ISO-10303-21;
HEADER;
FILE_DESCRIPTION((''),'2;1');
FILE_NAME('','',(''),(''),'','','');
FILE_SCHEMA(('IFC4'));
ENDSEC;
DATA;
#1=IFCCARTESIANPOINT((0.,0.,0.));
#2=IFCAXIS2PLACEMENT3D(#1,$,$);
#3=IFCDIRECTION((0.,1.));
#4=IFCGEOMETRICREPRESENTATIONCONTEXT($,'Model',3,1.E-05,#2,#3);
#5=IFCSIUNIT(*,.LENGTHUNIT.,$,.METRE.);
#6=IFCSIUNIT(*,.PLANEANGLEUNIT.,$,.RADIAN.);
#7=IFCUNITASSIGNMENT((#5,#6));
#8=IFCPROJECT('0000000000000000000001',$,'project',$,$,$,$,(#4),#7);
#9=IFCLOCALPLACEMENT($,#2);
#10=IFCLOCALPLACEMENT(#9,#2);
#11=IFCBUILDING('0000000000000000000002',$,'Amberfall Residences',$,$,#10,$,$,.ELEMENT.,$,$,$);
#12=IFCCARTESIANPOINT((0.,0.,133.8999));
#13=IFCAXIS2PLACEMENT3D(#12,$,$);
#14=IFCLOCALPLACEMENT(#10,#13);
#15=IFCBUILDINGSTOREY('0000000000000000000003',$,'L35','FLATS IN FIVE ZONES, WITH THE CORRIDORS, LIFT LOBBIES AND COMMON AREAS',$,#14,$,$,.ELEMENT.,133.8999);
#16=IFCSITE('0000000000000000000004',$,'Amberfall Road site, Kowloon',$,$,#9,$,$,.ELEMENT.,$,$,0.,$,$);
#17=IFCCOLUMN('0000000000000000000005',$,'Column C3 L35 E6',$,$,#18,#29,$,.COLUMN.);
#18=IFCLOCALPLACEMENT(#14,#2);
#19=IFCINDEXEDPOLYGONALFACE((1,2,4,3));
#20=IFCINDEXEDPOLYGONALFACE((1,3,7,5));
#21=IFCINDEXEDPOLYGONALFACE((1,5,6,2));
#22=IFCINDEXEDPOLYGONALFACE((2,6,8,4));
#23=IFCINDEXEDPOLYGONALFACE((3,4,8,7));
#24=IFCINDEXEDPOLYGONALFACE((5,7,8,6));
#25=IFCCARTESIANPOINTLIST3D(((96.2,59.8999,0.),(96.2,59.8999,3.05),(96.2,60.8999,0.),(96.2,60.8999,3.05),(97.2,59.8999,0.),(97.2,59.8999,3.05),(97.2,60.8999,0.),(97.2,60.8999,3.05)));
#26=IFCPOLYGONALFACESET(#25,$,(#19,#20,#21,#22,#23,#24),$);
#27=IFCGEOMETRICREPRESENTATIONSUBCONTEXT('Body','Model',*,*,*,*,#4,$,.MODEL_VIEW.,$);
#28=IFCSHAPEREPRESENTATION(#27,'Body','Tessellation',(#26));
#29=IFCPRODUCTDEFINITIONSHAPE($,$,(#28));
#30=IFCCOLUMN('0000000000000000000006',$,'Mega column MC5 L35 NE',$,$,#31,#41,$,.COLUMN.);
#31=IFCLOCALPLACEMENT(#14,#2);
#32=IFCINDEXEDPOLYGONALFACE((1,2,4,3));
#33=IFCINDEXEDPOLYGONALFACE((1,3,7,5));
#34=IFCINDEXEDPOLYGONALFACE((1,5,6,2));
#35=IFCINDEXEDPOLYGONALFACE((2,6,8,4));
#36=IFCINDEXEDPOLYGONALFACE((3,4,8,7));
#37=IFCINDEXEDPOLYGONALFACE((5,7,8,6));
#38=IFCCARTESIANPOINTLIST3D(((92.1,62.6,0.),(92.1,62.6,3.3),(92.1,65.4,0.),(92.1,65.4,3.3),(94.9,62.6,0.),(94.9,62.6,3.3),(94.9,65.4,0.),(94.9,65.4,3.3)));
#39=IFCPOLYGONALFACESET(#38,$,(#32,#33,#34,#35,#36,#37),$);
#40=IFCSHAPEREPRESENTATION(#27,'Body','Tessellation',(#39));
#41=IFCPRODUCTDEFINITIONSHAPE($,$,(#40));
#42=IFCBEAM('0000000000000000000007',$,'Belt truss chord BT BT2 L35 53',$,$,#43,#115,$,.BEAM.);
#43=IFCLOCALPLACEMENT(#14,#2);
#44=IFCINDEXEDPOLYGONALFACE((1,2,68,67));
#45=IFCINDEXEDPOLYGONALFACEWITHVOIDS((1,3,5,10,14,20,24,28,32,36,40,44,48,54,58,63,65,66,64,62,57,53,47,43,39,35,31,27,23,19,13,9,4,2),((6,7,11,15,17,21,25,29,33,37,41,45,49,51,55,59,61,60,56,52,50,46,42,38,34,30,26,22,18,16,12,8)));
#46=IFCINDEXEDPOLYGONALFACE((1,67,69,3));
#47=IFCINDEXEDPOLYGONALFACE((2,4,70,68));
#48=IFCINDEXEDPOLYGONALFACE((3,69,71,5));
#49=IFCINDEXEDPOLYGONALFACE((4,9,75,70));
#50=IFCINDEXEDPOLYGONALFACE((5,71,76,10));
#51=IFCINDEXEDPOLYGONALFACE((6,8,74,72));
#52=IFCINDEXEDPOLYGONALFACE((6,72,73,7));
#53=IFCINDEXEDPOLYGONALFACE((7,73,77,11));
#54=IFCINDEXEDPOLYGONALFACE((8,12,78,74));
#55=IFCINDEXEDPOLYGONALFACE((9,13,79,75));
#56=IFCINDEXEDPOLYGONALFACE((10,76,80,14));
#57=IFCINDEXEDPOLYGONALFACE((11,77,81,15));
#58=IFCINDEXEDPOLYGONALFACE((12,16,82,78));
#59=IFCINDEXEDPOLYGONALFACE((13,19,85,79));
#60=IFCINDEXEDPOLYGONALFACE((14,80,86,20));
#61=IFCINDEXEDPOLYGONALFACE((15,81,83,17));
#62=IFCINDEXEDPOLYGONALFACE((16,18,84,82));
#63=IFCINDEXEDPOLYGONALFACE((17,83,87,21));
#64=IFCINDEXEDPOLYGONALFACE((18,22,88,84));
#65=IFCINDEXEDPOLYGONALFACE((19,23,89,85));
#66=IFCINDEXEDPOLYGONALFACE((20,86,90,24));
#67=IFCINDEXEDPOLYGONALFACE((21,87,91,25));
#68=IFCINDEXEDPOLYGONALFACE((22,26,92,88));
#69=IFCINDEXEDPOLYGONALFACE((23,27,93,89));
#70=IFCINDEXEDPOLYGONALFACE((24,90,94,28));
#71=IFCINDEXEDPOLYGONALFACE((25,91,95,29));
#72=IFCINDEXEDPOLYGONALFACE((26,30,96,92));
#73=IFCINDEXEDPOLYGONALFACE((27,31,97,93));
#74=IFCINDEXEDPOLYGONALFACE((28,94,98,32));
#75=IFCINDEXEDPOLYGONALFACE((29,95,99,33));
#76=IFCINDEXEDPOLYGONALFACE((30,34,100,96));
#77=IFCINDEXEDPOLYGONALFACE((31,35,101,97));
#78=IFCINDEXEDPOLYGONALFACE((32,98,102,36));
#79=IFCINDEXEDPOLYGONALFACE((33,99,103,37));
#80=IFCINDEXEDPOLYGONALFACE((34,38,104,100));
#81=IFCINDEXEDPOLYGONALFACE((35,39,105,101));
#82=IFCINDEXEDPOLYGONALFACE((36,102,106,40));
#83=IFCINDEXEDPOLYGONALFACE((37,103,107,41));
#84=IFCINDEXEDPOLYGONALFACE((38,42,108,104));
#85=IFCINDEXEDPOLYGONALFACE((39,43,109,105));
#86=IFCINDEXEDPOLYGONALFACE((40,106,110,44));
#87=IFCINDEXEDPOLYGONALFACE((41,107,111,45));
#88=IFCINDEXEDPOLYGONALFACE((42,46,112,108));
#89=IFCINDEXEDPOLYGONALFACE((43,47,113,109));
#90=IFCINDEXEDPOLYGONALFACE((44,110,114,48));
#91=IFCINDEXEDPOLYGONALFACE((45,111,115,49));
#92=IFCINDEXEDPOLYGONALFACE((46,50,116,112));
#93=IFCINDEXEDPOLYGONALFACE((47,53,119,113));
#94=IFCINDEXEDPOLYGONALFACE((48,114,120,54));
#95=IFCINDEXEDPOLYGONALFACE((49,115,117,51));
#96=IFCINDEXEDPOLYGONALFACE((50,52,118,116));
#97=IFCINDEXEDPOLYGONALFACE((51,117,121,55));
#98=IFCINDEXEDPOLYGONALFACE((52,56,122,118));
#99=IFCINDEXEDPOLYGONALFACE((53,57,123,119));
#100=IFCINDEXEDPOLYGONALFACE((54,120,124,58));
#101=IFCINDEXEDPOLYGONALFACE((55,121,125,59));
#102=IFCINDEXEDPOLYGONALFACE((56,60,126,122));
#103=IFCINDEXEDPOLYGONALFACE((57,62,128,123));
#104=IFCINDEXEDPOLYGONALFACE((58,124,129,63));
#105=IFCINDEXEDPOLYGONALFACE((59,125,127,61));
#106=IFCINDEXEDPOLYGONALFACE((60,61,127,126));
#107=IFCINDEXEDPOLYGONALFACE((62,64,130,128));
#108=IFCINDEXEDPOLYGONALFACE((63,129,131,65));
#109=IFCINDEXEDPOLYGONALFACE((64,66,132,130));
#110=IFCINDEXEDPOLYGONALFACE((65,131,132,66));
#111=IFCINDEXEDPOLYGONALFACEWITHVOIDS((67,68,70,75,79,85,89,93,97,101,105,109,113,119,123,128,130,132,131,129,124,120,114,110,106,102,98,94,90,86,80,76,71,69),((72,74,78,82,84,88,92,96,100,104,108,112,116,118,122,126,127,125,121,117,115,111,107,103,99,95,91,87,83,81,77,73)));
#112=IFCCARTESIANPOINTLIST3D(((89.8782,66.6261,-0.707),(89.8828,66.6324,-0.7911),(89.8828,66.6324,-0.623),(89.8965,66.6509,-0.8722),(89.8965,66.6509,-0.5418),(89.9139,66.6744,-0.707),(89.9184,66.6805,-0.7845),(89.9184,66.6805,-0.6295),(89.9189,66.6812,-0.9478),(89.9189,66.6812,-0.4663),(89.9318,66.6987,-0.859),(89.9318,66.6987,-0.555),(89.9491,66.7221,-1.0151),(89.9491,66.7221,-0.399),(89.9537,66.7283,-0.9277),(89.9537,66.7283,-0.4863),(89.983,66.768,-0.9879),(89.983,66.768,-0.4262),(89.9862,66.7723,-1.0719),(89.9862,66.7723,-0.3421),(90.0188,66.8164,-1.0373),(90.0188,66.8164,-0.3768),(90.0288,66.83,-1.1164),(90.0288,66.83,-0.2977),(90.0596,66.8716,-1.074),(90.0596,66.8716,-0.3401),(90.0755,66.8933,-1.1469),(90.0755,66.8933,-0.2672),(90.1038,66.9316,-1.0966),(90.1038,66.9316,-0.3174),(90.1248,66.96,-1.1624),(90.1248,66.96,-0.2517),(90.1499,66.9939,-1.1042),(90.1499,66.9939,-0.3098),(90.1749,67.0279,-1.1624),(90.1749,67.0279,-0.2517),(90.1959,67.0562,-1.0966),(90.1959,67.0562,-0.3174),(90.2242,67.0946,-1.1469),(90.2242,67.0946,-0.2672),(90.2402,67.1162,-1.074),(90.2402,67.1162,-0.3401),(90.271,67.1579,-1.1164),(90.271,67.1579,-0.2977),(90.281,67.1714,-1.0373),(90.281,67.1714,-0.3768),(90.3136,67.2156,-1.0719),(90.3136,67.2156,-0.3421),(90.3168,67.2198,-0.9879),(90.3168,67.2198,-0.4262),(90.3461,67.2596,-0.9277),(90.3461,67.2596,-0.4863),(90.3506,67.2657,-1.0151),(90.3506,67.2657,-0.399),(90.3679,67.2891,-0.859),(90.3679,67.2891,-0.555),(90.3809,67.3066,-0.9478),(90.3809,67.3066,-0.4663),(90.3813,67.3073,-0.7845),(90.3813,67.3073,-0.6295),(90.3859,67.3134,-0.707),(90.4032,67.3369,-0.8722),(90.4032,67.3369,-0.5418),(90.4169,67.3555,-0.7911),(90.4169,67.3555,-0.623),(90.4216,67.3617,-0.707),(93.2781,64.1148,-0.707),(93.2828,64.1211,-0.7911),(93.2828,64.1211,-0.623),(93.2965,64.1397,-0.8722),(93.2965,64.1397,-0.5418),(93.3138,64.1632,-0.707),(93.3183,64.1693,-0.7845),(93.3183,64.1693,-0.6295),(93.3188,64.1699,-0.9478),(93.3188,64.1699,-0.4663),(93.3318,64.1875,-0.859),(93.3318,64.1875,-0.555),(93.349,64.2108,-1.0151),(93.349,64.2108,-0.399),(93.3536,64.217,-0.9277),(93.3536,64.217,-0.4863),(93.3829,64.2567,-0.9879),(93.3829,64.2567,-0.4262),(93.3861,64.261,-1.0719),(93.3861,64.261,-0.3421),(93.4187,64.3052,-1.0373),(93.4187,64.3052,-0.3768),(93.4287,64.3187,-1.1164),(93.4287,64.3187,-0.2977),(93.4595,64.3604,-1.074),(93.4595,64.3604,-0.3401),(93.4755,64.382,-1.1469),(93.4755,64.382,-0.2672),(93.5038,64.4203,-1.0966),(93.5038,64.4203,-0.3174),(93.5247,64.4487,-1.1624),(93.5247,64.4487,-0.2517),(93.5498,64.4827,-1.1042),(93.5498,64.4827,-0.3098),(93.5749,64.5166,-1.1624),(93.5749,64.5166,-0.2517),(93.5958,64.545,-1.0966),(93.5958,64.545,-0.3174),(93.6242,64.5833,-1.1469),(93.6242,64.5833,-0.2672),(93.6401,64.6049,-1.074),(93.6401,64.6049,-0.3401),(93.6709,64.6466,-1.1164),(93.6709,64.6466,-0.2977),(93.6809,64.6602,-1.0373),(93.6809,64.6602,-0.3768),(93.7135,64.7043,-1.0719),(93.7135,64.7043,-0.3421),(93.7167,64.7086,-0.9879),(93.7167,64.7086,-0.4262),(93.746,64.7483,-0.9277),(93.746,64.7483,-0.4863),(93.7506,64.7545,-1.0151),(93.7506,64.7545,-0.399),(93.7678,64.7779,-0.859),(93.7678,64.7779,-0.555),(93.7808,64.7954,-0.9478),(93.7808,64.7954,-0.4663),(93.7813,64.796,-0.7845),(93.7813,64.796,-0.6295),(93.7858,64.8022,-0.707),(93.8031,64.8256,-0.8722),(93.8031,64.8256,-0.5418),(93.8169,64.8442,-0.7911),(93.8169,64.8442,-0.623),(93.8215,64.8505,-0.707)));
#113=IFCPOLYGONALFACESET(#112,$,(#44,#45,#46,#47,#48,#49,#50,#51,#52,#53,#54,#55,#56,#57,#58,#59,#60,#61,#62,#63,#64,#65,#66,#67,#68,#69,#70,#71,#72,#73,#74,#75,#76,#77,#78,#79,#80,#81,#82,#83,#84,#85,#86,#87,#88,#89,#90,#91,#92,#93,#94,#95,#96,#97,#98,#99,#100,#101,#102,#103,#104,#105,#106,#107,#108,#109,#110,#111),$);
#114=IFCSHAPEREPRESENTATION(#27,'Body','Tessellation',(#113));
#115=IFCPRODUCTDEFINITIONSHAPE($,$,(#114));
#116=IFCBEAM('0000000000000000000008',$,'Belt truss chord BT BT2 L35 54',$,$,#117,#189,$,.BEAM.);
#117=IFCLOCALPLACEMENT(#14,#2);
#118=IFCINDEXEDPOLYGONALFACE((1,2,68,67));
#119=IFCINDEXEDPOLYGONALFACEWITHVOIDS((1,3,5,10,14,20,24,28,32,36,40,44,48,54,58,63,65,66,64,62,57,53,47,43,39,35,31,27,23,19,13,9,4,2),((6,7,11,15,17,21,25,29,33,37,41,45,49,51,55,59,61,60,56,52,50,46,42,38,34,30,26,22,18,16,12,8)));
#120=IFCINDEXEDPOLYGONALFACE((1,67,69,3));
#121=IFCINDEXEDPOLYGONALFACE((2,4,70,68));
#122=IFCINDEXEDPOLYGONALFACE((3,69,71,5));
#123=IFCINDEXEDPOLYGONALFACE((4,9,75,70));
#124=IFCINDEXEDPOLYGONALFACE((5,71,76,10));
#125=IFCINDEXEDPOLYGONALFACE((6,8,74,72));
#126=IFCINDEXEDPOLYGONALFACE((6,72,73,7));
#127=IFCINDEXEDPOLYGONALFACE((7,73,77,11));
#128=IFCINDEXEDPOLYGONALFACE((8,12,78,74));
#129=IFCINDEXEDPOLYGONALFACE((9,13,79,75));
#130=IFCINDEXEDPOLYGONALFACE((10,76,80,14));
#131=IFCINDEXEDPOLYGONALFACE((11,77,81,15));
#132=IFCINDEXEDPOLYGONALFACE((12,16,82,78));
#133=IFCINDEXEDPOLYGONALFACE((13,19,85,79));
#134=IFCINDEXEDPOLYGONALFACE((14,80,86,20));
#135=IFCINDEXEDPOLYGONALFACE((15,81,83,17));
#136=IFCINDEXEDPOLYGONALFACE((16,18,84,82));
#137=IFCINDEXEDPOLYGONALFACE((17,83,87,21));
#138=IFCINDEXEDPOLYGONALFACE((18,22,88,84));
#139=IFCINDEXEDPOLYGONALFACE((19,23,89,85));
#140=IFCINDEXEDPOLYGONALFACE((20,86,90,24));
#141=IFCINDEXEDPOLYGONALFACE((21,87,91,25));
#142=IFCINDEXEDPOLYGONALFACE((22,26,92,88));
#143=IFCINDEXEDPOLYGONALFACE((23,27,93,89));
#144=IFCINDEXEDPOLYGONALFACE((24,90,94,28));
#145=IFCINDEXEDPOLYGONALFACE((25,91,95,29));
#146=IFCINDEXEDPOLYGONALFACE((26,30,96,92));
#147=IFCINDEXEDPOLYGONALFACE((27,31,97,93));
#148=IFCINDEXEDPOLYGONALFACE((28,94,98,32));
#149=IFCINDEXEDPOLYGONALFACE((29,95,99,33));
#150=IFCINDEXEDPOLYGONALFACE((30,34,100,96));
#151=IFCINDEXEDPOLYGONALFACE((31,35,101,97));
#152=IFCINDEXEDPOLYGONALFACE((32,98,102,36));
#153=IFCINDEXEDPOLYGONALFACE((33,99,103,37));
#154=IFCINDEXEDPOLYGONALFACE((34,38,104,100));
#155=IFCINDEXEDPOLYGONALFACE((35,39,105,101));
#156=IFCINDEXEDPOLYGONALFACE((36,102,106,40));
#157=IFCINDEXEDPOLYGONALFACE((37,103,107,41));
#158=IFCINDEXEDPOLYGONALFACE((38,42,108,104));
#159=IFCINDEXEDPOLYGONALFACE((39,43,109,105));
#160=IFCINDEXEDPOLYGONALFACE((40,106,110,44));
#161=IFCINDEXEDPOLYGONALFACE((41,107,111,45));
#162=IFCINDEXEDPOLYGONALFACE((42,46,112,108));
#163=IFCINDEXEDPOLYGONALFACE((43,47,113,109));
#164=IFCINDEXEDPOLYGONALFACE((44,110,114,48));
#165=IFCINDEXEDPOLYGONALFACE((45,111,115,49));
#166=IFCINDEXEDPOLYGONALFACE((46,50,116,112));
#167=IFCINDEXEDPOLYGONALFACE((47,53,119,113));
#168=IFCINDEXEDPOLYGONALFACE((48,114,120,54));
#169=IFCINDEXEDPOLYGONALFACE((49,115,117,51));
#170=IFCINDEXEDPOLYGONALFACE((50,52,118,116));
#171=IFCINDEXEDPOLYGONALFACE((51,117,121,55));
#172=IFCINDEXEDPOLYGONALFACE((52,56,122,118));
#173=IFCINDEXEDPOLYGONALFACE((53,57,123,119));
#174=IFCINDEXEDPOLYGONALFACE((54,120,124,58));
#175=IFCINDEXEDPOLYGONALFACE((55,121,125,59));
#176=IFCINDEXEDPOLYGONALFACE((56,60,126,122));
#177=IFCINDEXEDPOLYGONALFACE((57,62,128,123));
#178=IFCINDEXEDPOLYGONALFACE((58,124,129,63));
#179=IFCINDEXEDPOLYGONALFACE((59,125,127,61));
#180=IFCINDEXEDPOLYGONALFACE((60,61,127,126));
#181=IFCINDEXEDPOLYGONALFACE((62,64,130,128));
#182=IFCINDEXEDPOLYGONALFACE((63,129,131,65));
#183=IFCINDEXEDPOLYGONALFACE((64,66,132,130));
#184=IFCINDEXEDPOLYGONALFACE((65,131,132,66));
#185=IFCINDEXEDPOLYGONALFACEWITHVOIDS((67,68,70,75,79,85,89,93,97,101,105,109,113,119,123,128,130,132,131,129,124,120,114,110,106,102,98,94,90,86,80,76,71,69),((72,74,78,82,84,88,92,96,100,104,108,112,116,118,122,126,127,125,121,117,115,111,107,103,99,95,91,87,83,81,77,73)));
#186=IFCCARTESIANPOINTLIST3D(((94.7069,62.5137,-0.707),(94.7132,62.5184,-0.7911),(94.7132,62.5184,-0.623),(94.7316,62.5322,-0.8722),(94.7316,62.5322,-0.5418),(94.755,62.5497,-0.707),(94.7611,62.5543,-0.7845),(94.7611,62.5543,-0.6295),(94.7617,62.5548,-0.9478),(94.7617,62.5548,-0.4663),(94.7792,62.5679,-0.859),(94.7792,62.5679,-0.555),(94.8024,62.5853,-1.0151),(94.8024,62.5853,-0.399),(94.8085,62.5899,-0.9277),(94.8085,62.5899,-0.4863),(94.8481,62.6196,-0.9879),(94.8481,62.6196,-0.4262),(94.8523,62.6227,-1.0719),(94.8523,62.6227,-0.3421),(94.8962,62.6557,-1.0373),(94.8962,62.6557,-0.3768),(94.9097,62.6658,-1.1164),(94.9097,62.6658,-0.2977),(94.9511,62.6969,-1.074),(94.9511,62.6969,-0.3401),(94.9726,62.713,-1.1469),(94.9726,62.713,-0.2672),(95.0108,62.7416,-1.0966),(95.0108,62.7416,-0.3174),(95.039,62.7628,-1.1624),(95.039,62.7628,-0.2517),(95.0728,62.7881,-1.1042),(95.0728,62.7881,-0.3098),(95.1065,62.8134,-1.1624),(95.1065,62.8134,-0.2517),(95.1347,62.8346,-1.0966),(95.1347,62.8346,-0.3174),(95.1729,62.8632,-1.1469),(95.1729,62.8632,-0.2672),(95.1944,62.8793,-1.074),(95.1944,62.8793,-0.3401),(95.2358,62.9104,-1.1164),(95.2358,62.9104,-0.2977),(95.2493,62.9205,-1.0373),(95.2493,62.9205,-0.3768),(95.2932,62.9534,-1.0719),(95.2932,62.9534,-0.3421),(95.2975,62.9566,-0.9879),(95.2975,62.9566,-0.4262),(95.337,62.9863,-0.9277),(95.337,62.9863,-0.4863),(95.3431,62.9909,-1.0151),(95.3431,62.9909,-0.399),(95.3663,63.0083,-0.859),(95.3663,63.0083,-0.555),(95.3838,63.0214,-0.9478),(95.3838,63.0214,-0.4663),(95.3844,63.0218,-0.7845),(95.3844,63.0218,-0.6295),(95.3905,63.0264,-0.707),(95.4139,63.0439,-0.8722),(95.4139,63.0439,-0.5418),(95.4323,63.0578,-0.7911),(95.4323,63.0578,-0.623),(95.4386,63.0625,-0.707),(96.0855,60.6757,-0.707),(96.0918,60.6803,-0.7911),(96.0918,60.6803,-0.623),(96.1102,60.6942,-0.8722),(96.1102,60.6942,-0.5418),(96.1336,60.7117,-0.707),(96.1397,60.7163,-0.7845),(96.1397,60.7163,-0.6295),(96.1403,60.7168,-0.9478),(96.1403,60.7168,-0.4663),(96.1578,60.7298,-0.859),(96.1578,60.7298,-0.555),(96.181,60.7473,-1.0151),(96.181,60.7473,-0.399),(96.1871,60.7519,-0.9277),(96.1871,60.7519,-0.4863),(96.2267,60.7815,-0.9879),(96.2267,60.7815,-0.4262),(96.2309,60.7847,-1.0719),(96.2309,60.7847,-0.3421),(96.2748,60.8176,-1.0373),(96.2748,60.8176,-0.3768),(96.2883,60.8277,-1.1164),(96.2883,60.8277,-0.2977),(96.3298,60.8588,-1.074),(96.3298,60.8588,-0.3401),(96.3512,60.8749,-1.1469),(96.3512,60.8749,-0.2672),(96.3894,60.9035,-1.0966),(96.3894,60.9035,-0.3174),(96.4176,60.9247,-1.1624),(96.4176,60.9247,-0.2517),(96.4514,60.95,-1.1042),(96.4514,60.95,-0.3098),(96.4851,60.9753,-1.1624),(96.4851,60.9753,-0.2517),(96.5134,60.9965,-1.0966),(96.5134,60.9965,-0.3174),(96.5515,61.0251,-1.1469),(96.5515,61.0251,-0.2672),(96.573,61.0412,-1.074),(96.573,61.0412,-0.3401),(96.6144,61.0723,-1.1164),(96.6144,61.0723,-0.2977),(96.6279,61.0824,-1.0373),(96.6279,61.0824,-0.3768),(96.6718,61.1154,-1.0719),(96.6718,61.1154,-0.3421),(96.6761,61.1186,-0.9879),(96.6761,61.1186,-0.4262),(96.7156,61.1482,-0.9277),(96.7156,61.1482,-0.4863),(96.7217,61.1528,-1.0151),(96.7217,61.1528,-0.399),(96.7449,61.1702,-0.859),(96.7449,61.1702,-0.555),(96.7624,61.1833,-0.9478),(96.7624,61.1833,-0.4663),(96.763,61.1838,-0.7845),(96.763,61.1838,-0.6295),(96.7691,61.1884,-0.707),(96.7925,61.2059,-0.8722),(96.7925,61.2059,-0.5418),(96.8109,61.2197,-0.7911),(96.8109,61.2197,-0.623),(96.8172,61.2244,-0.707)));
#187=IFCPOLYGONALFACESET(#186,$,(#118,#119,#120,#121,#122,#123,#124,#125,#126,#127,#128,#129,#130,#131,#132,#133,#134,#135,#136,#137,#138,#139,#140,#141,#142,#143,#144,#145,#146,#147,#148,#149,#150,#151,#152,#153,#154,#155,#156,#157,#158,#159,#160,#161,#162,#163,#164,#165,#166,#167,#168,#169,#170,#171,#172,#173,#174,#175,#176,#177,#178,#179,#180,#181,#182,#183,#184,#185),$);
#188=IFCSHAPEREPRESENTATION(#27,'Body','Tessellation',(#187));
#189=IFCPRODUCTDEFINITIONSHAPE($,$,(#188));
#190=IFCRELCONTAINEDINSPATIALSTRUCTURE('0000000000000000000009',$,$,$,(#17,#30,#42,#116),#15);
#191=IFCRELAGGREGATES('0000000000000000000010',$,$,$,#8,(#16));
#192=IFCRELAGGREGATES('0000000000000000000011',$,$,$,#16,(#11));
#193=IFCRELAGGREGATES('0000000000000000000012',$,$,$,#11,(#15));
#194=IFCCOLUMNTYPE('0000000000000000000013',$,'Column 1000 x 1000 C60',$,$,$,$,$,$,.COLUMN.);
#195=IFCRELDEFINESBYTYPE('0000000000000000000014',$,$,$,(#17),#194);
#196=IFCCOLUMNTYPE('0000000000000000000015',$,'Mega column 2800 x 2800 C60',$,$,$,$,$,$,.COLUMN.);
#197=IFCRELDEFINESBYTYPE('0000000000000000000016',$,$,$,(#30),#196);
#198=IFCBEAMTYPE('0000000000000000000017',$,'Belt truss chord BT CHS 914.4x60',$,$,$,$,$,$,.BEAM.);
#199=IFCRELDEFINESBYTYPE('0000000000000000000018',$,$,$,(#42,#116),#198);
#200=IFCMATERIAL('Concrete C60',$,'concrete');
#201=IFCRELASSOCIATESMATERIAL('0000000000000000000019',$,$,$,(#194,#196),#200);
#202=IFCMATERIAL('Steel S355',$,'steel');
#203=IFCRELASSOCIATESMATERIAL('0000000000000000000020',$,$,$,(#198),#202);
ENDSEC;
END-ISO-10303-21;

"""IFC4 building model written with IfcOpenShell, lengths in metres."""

from ifc_helpers import new_model, si_unit, direction, frame, origin, origin_2d, place, context, subcontext, project, spatial, rectangle, hollow_circle, extrude, material, material_profile, profile_set, type_object, element, save


model = new_model("IFC4")

# Units and contexts
model_context = context("Model", 3, precision=1e-05, world=origin(), true_north=direction((0.0, 1.0)))
body_context = subcontext(model_context, "Body", "Model", "MODEL_VIEW")
ifc_project = project(units=[si_unit("LENGTHUNIT", "METRE"), si_unit("PLANEANGLEUNIT", "RADIAN")], contexts=[model_context])

# Site, building, storey
site_placement = place(None, origin())
site = spatial("IfcSite", under=ifc_project, at=site_placement, Name="Amberfall Road site, Kowloon", CompositionType="ELEMENT", RefElevation=0.0)
building_placement = place(site_placement, origin())
building = spatial("IfcBuilding", under=site, at=building_placement, Name="Amberfall Residences", CompositionType="ELEMENT")
storey_placement = place(building_placement, frame((0.0, 0.0, 133.8999)))
storey = spatial("IfcBuildingStorey", under=building, at=storey_placement, Name="L35", Description="FLATS IN FIVE ZONES, WITH THE CORRIDORS, LIFT LOBBIES AND COMMON AREAS", CompositionType="ELEMENT", Elevation=133.8999)

# Columns
ifc_material_1 = material(Name="Concrete C60", Category="concrete")
ifc_material_profile_1 = material_profile(ifc_material_1, rectangle(XDim=1.0, YDim=1.0, at=origin_2d()), Name="Column 1000 x 1000 C60")
ifc_profile_set_1 = profile_set([ifc_material_profile_1], Name="Concrete C60")
column_type_1 = type_object("IfcColumnType", Name="Column 1000 x 1000 C60", PredefinedType="COLUMN", material=ifc_profile_set_1)
column_1_placement = place(storey_placement, frame((96.7, 60.3999, 0.0), z_axis=(0.0, 0.0, 1.0), x_axis=(1.0, 0.0, 0.0)))
element("IfcColumn", 1, at=column_1_placement, inside=storey, type_object=column_type_1, Name="Column C3 L35 E6", PredefinedType="COLUMN", context=body_context, shape_type="SweptSolid", body=[
    extrude(rectangle(XDim=1.0, YDim=1.0, at=origin_2d()), origin(), (0.0, 0.0, 1.0), 3.05),
])
ifc_material_profile_2 = material_profile(ifc_material_1, rectangle(XDim=2.8, YDim=2.8, at=origin_2d()), Name="Mega column 2800 x 2800 C60")
ifc_profile_set_2 = profile_set([ifc_material_profile_2], Name="Concrete C60")
column_type_2 = type_object("IfcColumnType", Name="Mega column 2800 x 2800 C60", PredefinedType="COLUMN", material=ifc_profile_set_2)
column_2_placement = place(storey_placement, frame((93.5, 64.0, 0.0), z_axis=(0.0, 0.0, 1.0), x_axis=(1.0, 0.0, 0.0)))
element("IfcColumn", 2, at=column_2_placement, inside=storey, type_object=column_type_2, Name="Mega column MC5 L35 NE", PredefinedType="COLUMN", context=body_context, shape_type="SweptSolid", body=[
    extrude(rectangle(XDim=2.8, YDim=2.8, at=origin_2d()), origin(), (0.0, 0.0, 1.0), 3.3),
])

# Beams
ifc_material_2 = material(Name="Steel S355", Category="steel")
ifc_material_profile_3 = material_profile(ifc_material_2, hollow_circle(Radius=0.4573, WallThickness=0.0601, at=origin_2d()), Name="CHS 914.4x60")
ifc_profile_set_3 = profile_set([ifc_material_profile_3], Name="Steel S355")
beam_type_1 = type_object("IfcBeamType", Name="Belt truss chord BT CHS 914.4x60", PredefinedType="BEAM", material=ifc_profile_set_3)
beam_1_placement = place(storey_placement, frame((93.5498, 64.4827, -0.707), z_axis=(-0.804373, 0.594125, 0.0), x_axis=(-0.594125, -0.804373, 0.0)))
element("IfcBeam", 3, at=beam_1_placement, inside=storey, type_object=beam_type_1, Name="Belt truss chord BT BT2 L35 53", PredefinedType="BEAM", context=body_context, shape_type="SweptSolid", body=[
    extrude(hollow_circle(Radius=0.4573, WallThickness=0.0601, at=origin_2d()), origin(), (0.0, 0.0, 1.0), 4.2268),
])
beam_2_placement = place(storey_placement, frame((95.0728, 62.7881, -0.707), z_axis=(0.600017, -0.799987, 0.0), x_axis=(0.799987, 0.600017, 0.0)))
element("IfcBeam", 4, at=beam_2_placement, inside=storey, type_object=beam_type_1, Name="Belt truss chord BT BT2 L35 54", PredefinedType="BEAM", context=body_context, shape_type="SweptSolid", body=[
    extrude(hollow_circle(Radius=0.4573, WallThickness=0.0601, at=origin_2d()), origin(), (0.0, 0.0, 1.0), 2.2976),
])

save(model, "model.ifc")
